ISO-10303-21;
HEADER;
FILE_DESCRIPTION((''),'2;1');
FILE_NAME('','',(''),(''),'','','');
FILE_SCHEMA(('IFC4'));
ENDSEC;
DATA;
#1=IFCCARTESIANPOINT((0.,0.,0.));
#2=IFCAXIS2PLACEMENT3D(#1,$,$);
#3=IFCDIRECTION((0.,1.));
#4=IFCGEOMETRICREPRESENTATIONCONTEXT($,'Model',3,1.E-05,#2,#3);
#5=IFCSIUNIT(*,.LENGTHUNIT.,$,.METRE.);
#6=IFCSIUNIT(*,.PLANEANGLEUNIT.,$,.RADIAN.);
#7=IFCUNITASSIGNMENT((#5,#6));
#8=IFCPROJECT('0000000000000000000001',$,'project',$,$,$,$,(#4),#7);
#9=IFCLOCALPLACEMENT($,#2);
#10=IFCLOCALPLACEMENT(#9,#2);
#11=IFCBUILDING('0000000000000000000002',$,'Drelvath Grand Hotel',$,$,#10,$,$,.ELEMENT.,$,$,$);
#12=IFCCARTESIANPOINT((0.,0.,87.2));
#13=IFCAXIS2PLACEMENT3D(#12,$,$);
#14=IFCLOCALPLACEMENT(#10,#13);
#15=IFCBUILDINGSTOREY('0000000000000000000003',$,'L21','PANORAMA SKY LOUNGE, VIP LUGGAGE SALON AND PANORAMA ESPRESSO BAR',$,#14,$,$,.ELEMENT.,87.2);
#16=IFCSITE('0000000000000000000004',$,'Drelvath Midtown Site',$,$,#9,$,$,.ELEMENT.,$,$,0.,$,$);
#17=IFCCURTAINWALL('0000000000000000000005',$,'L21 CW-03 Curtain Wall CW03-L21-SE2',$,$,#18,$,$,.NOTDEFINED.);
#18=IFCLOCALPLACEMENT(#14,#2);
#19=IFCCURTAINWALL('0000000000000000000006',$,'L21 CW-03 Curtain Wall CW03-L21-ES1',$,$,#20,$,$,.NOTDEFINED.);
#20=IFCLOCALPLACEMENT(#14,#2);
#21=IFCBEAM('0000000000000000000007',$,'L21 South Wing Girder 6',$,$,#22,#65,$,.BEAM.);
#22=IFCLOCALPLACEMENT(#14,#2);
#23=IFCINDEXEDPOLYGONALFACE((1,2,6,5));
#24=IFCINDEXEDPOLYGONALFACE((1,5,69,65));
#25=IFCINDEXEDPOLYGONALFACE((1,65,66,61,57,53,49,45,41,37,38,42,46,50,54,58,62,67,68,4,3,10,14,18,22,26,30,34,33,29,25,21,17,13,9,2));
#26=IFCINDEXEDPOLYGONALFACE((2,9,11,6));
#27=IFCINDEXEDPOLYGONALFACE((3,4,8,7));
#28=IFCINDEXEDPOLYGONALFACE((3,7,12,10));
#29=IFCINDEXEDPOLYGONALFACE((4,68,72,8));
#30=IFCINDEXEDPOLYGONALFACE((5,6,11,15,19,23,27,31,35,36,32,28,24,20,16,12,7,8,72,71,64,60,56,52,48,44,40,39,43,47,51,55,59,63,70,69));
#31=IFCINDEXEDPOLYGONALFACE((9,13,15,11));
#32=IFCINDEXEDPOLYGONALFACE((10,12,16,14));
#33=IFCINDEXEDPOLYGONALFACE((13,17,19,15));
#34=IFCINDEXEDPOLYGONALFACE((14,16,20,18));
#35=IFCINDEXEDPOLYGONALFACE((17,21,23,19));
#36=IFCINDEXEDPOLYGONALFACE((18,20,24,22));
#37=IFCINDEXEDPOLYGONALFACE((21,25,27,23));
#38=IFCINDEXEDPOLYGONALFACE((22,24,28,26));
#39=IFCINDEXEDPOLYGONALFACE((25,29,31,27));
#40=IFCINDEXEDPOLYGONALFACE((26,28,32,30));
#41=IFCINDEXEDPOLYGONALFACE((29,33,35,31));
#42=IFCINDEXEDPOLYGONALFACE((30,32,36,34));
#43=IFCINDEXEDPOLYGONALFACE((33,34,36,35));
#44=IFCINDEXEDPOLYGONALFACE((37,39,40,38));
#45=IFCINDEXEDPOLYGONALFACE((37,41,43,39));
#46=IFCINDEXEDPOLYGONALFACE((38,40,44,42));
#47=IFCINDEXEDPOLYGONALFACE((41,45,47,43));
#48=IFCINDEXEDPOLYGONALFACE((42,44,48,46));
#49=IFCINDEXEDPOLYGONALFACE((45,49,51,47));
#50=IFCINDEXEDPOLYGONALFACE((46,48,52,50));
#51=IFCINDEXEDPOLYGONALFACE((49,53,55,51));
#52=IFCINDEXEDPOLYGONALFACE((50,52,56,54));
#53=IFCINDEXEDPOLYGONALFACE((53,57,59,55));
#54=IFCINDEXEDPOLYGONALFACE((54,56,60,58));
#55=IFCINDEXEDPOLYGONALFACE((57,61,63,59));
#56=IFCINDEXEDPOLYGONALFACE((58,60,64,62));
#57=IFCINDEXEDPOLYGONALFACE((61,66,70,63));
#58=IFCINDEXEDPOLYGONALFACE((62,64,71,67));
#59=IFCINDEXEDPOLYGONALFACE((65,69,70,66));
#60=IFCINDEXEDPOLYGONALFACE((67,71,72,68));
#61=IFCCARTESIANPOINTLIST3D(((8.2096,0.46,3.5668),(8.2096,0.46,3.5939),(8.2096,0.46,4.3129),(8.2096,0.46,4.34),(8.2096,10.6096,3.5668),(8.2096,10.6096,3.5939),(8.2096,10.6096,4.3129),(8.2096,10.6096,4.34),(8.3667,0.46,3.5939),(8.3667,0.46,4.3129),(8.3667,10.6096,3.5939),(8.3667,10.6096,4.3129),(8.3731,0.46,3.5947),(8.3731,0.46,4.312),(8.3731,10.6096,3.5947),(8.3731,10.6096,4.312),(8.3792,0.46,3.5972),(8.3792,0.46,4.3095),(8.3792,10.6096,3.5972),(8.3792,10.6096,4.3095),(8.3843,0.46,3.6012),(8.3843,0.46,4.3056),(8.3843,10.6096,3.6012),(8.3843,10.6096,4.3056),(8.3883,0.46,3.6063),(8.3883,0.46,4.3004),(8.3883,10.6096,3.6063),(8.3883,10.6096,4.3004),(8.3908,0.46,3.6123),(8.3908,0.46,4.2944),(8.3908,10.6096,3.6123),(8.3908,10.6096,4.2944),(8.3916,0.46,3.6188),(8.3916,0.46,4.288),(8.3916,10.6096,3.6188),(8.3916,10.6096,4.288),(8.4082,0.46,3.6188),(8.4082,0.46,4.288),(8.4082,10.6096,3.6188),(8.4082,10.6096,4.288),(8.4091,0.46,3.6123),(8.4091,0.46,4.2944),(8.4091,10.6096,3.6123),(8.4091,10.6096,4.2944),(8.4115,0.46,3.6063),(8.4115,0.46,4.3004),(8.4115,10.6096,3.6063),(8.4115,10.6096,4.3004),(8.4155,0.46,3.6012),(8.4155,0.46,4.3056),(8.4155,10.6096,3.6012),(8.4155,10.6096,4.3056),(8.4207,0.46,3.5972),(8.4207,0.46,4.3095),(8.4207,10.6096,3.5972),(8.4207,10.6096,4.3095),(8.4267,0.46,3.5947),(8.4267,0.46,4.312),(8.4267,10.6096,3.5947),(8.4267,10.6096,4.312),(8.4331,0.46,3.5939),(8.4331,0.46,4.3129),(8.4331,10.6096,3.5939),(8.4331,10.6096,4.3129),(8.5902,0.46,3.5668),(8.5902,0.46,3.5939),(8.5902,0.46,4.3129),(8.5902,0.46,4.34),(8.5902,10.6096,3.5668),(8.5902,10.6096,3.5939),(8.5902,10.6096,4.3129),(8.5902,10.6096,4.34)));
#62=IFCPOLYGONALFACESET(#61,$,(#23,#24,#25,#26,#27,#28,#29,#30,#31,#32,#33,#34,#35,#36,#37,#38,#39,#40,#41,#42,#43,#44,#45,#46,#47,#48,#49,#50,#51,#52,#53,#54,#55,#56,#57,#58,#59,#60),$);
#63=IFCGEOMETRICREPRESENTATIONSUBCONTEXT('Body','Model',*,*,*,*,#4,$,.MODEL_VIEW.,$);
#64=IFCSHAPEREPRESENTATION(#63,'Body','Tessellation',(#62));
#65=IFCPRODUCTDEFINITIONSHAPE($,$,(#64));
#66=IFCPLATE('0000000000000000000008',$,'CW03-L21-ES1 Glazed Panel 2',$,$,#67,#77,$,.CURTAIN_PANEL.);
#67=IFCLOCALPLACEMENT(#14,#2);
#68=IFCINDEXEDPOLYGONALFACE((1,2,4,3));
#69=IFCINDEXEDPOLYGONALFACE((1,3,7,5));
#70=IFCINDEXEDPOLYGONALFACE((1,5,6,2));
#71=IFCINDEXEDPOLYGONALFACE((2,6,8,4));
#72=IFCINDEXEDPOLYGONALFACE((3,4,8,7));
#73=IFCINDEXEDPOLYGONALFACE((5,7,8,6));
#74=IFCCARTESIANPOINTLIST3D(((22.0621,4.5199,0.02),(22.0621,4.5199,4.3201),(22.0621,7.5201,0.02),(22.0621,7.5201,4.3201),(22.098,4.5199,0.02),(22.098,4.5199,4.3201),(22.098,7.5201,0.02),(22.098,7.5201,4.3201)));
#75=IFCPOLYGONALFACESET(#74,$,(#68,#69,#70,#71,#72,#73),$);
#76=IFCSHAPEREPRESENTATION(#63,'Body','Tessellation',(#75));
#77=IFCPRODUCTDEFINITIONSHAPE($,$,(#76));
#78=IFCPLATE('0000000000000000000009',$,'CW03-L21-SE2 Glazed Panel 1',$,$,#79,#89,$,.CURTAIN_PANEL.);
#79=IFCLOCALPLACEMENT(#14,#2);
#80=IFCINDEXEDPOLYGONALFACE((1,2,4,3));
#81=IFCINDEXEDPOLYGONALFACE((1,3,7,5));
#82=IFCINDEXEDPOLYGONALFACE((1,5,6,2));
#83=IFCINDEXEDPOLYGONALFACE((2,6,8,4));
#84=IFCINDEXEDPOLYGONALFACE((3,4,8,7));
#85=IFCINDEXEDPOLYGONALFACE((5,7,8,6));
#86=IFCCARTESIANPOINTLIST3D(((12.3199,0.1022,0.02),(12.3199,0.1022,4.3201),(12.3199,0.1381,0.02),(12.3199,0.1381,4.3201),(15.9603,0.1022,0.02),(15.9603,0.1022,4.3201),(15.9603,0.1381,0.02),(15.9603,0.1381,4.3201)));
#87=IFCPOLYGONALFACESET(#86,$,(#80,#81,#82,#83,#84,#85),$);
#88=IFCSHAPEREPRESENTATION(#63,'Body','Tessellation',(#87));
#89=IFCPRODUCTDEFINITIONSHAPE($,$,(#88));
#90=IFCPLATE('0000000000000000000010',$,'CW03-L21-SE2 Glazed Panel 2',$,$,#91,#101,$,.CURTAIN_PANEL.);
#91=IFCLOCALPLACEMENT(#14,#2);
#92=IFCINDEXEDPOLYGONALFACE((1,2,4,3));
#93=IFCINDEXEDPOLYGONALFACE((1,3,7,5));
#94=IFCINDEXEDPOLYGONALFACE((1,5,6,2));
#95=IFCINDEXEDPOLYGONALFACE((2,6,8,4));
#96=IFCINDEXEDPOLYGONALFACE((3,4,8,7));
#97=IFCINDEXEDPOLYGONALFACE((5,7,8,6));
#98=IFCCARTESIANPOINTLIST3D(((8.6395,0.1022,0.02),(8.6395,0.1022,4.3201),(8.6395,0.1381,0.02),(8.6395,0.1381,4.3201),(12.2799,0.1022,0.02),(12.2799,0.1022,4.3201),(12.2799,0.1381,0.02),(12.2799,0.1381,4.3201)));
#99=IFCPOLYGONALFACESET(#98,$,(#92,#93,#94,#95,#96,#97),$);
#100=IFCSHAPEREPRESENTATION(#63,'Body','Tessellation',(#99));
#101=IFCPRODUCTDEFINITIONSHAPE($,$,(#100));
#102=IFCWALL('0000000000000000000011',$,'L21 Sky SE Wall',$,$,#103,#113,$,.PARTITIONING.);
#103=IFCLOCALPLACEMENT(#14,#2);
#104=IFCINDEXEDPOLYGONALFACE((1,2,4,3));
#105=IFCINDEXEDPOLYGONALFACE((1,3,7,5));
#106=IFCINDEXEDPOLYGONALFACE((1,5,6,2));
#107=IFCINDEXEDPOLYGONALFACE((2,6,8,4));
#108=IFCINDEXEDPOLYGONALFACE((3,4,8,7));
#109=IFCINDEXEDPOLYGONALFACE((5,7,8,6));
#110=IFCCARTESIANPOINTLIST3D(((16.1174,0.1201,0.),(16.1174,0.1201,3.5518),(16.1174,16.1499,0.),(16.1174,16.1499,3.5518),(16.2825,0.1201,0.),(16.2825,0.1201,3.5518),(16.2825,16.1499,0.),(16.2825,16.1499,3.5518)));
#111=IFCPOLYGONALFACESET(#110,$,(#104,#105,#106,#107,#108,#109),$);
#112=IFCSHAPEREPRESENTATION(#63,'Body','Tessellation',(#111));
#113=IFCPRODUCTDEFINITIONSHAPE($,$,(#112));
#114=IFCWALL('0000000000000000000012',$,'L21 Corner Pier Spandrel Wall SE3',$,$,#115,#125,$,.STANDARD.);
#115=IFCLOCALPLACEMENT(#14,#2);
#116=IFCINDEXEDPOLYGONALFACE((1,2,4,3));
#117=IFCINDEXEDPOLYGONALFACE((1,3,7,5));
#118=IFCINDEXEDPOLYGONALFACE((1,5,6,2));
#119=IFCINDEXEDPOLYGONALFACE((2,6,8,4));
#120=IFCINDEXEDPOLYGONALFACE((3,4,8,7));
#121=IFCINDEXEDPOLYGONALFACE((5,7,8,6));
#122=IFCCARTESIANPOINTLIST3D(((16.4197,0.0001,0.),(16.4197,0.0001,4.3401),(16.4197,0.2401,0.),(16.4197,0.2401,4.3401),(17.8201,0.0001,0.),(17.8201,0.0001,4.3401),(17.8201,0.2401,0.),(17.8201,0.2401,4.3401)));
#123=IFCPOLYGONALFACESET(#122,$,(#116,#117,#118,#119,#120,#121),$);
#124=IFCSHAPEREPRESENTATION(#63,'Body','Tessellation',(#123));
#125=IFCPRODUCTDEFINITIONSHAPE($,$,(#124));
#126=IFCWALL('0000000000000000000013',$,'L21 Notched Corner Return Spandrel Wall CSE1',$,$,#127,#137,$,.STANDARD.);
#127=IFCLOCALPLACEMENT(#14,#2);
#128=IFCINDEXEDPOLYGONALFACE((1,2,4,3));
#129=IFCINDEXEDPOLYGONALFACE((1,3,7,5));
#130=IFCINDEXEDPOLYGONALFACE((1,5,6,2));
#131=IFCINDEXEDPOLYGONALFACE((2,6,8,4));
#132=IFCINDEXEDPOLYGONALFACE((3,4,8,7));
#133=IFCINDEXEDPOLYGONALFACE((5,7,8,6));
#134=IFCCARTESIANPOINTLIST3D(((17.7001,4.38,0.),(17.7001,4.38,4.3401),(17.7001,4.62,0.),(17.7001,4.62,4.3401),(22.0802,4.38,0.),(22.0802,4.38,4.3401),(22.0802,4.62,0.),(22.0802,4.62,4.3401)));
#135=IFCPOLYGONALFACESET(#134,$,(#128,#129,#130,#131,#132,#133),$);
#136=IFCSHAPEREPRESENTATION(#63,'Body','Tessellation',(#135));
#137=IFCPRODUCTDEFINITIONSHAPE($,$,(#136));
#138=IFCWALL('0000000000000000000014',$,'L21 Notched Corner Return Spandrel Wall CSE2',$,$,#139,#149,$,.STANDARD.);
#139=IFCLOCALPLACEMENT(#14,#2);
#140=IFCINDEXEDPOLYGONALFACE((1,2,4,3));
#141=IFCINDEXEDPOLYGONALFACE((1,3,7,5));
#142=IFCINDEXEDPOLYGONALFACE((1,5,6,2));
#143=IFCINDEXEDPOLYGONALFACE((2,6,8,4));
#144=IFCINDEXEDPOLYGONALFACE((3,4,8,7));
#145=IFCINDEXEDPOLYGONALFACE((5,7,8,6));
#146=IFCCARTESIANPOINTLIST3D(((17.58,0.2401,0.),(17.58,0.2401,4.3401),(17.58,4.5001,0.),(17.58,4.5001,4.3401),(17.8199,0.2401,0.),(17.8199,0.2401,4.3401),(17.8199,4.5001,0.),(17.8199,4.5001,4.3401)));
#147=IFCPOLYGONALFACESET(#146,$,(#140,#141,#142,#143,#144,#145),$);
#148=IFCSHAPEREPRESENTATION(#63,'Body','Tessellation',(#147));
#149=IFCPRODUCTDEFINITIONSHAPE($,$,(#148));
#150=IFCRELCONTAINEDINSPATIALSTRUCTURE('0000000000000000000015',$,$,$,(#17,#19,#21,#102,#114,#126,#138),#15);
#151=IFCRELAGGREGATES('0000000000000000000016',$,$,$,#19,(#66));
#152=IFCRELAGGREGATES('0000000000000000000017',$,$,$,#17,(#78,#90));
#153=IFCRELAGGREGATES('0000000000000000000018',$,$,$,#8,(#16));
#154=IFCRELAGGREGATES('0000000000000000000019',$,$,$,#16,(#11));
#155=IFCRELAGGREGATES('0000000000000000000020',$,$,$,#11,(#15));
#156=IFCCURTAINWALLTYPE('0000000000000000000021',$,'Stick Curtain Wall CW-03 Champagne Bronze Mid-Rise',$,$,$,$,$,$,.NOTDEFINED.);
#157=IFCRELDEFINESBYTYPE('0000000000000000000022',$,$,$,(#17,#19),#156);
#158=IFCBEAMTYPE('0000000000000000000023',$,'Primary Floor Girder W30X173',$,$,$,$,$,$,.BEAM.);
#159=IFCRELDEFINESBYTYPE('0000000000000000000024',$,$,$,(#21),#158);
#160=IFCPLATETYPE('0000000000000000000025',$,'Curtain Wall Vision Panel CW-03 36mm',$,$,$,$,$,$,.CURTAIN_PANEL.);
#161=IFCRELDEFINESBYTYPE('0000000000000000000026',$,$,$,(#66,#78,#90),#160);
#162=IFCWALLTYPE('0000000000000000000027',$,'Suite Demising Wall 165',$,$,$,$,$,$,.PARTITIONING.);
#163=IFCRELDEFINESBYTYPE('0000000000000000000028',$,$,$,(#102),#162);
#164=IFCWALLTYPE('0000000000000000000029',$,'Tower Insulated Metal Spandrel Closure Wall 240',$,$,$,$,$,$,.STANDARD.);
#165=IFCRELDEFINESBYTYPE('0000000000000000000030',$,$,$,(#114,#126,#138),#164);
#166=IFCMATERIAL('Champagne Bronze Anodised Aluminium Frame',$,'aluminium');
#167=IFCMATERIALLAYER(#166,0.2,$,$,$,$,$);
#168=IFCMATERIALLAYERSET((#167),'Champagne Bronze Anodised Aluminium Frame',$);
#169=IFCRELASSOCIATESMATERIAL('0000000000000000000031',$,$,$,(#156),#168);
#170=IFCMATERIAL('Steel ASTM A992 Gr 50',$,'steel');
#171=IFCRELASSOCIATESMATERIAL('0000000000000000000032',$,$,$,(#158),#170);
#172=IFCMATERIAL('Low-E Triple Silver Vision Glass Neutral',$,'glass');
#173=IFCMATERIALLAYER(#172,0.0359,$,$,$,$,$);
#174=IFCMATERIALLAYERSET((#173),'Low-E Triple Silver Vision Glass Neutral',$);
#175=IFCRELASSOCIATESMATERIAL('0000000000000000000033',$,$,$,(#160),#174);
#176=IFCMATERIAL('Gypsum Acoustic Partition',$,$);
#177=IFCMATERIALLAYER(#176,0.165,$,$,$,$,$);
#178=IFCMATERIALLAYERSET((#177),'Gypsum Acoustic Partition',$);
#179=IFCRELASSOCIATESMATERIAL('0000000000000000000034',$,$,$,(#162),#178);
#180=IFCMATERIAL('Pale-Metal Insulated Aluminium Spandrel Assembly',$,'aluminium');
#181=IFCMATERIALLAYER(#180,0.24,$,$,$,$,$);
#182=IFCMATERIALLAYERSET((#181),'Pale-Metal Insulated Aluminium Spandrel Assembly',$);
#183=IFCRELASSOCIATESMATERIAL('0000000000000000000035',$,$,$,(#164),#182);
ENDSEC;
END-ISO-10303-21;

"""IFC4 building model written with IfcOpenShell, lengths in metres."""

from ifc_helpers import new_model, si_unit, direction, frame, frame_2d, origin, origin_2d, place, context, subcontext, project, spatial, rectangle, i_section, extrude, material, layer, layer_set, material_profile, profile_set, type_object, element, aggregate, save


model = new_model("IFC4")

# Units and contexts
model_context = context("Model", 3, precision=1e-05, world=origin(), true_north=direction((0.0, 1.0)))
body_context = subcontext(model_context, "Body", "Model", "MODEL_VIEW")
ifc_project = project(units=[si_unit("LENGTHUNIT", "METRE"), si_unit("PLANEANGLEUNIT", "RADIAN")], contexts=[model_context])

# Site, building, storey
site_placement = place(None, origin())
site = spatial("IfcSite", under=ifc_project, at=site_placement, Name="Drelvath Midtown Site", CompositionType="ELEMENT", RefElevation=0.0)
building_placement = place(site_placement, origin())
building = spatial("IfcBuilding", under=site, at=building_placement, Name="Drelvath Grand Hotel", CompositionType="ELEMENT")
storey_placement = place(building_placement, frame((0.0, 0.0, 87.2)))
storey = spatial("IfcBuildingStorey", under=building, at=storey_placement, Name="L21", Description="PANORAMA SKY LOUNGE, VIP LUGGAGE SALON AND PANORAMA ESPRESSO BAR", CompositionType="ELEMENT", Elevation=87.2)

# Curtain wall
ifc_material_1 = material(Name="Champagne Bronze Anodised Aluminium Frame", Category="aluminium")
ifc_layer_1 = layer(ifc_material_1, 0.2)
ifc_layer_set_1 = layer_set([ifc_layer_1], Name="Champagne Bronze Anodised Aluminium Frame")
curtain_wall_type = type_object("IfcCurtainWallType", Name="Stick Curtain Wall CW-03 Champagne Bronze Mid-Rise", PredefinedType="NOTDEFINED", material=ifc_layer_set_1)
curtain_wall_1_placement = place(storey_placement, origin())
curtain_wall_1 = element("IfcCurtainWall", 1, at=curtain_wall_1_placement, inside=storey, type_object=curtain_wall_type, Name="L21 CW-03 Curtain Wall CW03-L21-SE2", PredefinedType="NOTDEFINED")

# Curtain wall
curtain_wall_2_placement = place(storey_placement, origin())
curtain_wall_2 = element("IfcCurtainWall", 2, at=curtain_wall_2_placement, inside=storey, type_object=curtain_wall_type, Name="L21 CW-03 Curtain Wall CW03-L21-ES1", PredefinedType="NOTDEFINED")

# Beam
ifc_material_2 = material(Name="Steel ASTM A992 Gr 50", Category="steel")
ifc_material_profile_1 = material_profile(ifc_material_2, i_section(OverallWidth=0.3806, OverallDepth=0.7732, WebThickness=0.0166, FlangeThickness=0.0271, FilletRadius=0.0249, at=origin_2d()), Name="W30X173")
ifc_profile_set_1 = profile_set([ifc_material_profile_1], Name="Steel ASTM A992 Gr 50")
beam_type_1 = type_object("IfcBeamType", Name="Primary Floor Girder W30X173", PredefinedType="BEAM", material=ifc_profile_set_1)
beam_1_placement = place(storey_placement, frame((8.3999, 0.46, 3.9534), z_axis=(0.0, 1.0, 0.0), x_axis=(-1.0, 0.0, 0.0)))
element("IfcBeam", 3, at=beam_1_placement, inside=storey, type_object=beam_type_1, Name="L21 South Wing Girder 6", PredefinedType="BEAM", context=body_context, shape_type="SweptSolid", body=[
    extrude(i_section(OverallWidth=0.3806, OverallDepth=0.7732, WebThickness=0.0166, FlangeThickness=0.0271, FilletRadius=0.0249, at=origin_2d()), origin(), (0.0, 0.0, 1.0), 10.1497),
])

# Plates
ifc_material_3 = material(Name="Low-E Triple Silver Vision Glass Neutral", Category="glass")
ifc_layer_2 = layer(ifc_material_3, 0.0359)
ifc_layer_set_2 = layer_set([ifc_layer_2], Name="Low-E Triple Silver Vision Glass Neutral")
plate_type = type_object("IfcPlateType", Name="Curtain Wall Vision Panel CW-03 36mm", PredefinedType="CURTAIN_PANEL", material=ifc_layer_set_2)
plate_1_placement = place(storey_placement, frame((22.0801, 6.02, 0.02), z_axis=(0.0, 0.0, 1.0), x_axis=(0.0, -1.0, 0.0)))
plate_1 = element("IfcPlate", 4, at=plate_1_placement, type_object=plate_type, Name="CW03-L21-ES1 Glazed Panel 2", PredefinedType="CURTAIN_PANEL", context=body_context, shape_type="SweptSolid", body=[
    extrude(rectangle(XDim=3.0002, YDim=0.0359, at=origin_2d()), origin(), (0.0, 0.0, 1.0), 4.3),
])
aggregate(curtain_wall_2, [plate_1])
plate_2_placement = place(storey_placement, frame((14.1401, 0.1201, 0.02), z_axis=(0.0, 0.0, 1.0), x_axis=(-1.0, 0.0, 0.0)))
plate_2 = element("IfcPlate", 5, at=plate_2_placement, type_object=plate_type, Name="CW03-L21-SE2 Glazed Panel 1", PredefinedType="CURTAIN_PANEL", context=body_context, shape_type="SweptSolid", body=[
    extrude(rectangle(XDim=3.6404, YDim=0.0359, at=origin_2d()), origin(), (0.0, 0.0, 1.0), 4.3),
])
plate_3_placement = place(storey_placement, frame((10.4597, 0.1201, 0.02), z_axis=(0.0, 0.0, 1.0), x_axis=(-1.0, 0.0, 0.0)))
plate_3 = element("IfcPlate", 6, at=plate_3_placement, type_object=plate_type, Name="CW03-L21-SE2 Glazed Panel 2", PredefinedType="CURTAIN_PANEL", context=body_context, shape_type="SweptSolid", body=[
    extrude(rectangle(XDim=3.6404, YDim=0.0359, at=origin_2d()), origin(), (0.0, 0.0, 1.0), 4.3),
])
aggregate(curtain_wall_1, [plate_2, plate_3])

# Walls
ifc_material_4 = material(Name="Gypsum Acoustic Partition")
ifc_layer_3 = layer(ifc_material_4, 0.165)
ifc_layer_set_3 = layer_set([ifc_layer_3], Name="Gypsum Acoustic Partition")
wall_type_1 = type_object("IfcWallType", Name="Suite Demising Wall 165", PredefinedType="PARTITIONING", material=ifc_layer_set_3)
wall_1_placement = place(storey_placement, frame((16.2, 0.1201, 0.0), z_axis=(0.0, 0.0, 1.0), x_axis=(0.0, 1.0, 0.0)))
element("IfcWall", 7, at=wall_1_placement, inside=storey, type_object=wall_type_1, Name="L21 Sky SE Wall", PredefinedType="PARTITIONING", context=body_context, shape_type="SweptSolid", body=[
    extrude(rectangle(XDim=16.0298, YDim=0.165, at=frame_2d((8.0149, 0.0))), origin(), (0.0, 0.0, 1.0), 3.5518),
])
ifc_material_5 = material(Name="Pale-Metal Insulated Aluminium Spandrel Assembly", Category="aluminium")
ifc_layer_4 = layer(ifc_material_5, 0.24)
ifc_layer_set_4 = layer_set([ifc_layer_4], Name="Pale-Metal Insulated Aluminium Spandrel Assembly")
wall_type_2 = type_object("IfcWallType", Name="Tower Insulated Metal Spandrel Closure Wall 240", PredefinedType="STANDARD", material=ifc_layer_set_4)
wall_2_placement = place(storey_placement, frame((17.8201, 0.1201, 0.0), z_axis=(0.0, 0.0, 1.0), x_axis=(-1.0, 0.0, 0.0)))
element("IfcWall", 8, at=wall_2_placement, inside=storey, type_object=wall_type_2, Name="L21 Corner Pier Spandrel Wall SE3", PredefinedType="STANDARD", context=body_context, shape_type="SweptSolid", body=[
    extrude(rectangle(XDim=1.4004, YDim=0.24, at=frame_2d((0.7002, 0.0))), origin(), (0.0, 0.0, 1.0), 4.3401),
])
wall_3_placement = place(storey_placement, frame((22.0801, 4.5, 0.0), z_axis=(0.0, 0.0, 1.0), x_axis=(-1.0, 0.0, 0.0)))
element("IfcWall", 9, at=wall_3_placement, inside=storey, type_object=wall_type_2, Name="L21 Notched Corner Return Spandrel Wall CSE1", PredefinedType="STANDARD", context=body_context, shape_type="SweptSolid", body=[
    extrude(rectangle(XDim=4.3801, YDim=0.24, at=frame_2d((2.1899, 0.0))), origin(), (0.0, 0.0, 1.0), 4.3401),
])
wall_4_placement = place(storey_placement, frame((17.7, 4.5, 0.0), z_axis=(0.0, 0.0, 1.0), x_axis=(0.0, -1.0, 0.0)))
element("IfcWall", 10, at=wall_4_placement, inside=storey, type_object=wall_type_2, Name="L21 Notched Corner Return Spandrel Wall CSE2", PredefinedType="STANDARD", context=body_context, shape_type="SweptSolid", body=[
    extrude(rectangle(XDim=4.26, YDim=0.24, at=frame_2d((2.1299, 0.0))), origin(), (0.0, 0.0, 1.0), 4.3401),
])

save(model, "model.ifc")
